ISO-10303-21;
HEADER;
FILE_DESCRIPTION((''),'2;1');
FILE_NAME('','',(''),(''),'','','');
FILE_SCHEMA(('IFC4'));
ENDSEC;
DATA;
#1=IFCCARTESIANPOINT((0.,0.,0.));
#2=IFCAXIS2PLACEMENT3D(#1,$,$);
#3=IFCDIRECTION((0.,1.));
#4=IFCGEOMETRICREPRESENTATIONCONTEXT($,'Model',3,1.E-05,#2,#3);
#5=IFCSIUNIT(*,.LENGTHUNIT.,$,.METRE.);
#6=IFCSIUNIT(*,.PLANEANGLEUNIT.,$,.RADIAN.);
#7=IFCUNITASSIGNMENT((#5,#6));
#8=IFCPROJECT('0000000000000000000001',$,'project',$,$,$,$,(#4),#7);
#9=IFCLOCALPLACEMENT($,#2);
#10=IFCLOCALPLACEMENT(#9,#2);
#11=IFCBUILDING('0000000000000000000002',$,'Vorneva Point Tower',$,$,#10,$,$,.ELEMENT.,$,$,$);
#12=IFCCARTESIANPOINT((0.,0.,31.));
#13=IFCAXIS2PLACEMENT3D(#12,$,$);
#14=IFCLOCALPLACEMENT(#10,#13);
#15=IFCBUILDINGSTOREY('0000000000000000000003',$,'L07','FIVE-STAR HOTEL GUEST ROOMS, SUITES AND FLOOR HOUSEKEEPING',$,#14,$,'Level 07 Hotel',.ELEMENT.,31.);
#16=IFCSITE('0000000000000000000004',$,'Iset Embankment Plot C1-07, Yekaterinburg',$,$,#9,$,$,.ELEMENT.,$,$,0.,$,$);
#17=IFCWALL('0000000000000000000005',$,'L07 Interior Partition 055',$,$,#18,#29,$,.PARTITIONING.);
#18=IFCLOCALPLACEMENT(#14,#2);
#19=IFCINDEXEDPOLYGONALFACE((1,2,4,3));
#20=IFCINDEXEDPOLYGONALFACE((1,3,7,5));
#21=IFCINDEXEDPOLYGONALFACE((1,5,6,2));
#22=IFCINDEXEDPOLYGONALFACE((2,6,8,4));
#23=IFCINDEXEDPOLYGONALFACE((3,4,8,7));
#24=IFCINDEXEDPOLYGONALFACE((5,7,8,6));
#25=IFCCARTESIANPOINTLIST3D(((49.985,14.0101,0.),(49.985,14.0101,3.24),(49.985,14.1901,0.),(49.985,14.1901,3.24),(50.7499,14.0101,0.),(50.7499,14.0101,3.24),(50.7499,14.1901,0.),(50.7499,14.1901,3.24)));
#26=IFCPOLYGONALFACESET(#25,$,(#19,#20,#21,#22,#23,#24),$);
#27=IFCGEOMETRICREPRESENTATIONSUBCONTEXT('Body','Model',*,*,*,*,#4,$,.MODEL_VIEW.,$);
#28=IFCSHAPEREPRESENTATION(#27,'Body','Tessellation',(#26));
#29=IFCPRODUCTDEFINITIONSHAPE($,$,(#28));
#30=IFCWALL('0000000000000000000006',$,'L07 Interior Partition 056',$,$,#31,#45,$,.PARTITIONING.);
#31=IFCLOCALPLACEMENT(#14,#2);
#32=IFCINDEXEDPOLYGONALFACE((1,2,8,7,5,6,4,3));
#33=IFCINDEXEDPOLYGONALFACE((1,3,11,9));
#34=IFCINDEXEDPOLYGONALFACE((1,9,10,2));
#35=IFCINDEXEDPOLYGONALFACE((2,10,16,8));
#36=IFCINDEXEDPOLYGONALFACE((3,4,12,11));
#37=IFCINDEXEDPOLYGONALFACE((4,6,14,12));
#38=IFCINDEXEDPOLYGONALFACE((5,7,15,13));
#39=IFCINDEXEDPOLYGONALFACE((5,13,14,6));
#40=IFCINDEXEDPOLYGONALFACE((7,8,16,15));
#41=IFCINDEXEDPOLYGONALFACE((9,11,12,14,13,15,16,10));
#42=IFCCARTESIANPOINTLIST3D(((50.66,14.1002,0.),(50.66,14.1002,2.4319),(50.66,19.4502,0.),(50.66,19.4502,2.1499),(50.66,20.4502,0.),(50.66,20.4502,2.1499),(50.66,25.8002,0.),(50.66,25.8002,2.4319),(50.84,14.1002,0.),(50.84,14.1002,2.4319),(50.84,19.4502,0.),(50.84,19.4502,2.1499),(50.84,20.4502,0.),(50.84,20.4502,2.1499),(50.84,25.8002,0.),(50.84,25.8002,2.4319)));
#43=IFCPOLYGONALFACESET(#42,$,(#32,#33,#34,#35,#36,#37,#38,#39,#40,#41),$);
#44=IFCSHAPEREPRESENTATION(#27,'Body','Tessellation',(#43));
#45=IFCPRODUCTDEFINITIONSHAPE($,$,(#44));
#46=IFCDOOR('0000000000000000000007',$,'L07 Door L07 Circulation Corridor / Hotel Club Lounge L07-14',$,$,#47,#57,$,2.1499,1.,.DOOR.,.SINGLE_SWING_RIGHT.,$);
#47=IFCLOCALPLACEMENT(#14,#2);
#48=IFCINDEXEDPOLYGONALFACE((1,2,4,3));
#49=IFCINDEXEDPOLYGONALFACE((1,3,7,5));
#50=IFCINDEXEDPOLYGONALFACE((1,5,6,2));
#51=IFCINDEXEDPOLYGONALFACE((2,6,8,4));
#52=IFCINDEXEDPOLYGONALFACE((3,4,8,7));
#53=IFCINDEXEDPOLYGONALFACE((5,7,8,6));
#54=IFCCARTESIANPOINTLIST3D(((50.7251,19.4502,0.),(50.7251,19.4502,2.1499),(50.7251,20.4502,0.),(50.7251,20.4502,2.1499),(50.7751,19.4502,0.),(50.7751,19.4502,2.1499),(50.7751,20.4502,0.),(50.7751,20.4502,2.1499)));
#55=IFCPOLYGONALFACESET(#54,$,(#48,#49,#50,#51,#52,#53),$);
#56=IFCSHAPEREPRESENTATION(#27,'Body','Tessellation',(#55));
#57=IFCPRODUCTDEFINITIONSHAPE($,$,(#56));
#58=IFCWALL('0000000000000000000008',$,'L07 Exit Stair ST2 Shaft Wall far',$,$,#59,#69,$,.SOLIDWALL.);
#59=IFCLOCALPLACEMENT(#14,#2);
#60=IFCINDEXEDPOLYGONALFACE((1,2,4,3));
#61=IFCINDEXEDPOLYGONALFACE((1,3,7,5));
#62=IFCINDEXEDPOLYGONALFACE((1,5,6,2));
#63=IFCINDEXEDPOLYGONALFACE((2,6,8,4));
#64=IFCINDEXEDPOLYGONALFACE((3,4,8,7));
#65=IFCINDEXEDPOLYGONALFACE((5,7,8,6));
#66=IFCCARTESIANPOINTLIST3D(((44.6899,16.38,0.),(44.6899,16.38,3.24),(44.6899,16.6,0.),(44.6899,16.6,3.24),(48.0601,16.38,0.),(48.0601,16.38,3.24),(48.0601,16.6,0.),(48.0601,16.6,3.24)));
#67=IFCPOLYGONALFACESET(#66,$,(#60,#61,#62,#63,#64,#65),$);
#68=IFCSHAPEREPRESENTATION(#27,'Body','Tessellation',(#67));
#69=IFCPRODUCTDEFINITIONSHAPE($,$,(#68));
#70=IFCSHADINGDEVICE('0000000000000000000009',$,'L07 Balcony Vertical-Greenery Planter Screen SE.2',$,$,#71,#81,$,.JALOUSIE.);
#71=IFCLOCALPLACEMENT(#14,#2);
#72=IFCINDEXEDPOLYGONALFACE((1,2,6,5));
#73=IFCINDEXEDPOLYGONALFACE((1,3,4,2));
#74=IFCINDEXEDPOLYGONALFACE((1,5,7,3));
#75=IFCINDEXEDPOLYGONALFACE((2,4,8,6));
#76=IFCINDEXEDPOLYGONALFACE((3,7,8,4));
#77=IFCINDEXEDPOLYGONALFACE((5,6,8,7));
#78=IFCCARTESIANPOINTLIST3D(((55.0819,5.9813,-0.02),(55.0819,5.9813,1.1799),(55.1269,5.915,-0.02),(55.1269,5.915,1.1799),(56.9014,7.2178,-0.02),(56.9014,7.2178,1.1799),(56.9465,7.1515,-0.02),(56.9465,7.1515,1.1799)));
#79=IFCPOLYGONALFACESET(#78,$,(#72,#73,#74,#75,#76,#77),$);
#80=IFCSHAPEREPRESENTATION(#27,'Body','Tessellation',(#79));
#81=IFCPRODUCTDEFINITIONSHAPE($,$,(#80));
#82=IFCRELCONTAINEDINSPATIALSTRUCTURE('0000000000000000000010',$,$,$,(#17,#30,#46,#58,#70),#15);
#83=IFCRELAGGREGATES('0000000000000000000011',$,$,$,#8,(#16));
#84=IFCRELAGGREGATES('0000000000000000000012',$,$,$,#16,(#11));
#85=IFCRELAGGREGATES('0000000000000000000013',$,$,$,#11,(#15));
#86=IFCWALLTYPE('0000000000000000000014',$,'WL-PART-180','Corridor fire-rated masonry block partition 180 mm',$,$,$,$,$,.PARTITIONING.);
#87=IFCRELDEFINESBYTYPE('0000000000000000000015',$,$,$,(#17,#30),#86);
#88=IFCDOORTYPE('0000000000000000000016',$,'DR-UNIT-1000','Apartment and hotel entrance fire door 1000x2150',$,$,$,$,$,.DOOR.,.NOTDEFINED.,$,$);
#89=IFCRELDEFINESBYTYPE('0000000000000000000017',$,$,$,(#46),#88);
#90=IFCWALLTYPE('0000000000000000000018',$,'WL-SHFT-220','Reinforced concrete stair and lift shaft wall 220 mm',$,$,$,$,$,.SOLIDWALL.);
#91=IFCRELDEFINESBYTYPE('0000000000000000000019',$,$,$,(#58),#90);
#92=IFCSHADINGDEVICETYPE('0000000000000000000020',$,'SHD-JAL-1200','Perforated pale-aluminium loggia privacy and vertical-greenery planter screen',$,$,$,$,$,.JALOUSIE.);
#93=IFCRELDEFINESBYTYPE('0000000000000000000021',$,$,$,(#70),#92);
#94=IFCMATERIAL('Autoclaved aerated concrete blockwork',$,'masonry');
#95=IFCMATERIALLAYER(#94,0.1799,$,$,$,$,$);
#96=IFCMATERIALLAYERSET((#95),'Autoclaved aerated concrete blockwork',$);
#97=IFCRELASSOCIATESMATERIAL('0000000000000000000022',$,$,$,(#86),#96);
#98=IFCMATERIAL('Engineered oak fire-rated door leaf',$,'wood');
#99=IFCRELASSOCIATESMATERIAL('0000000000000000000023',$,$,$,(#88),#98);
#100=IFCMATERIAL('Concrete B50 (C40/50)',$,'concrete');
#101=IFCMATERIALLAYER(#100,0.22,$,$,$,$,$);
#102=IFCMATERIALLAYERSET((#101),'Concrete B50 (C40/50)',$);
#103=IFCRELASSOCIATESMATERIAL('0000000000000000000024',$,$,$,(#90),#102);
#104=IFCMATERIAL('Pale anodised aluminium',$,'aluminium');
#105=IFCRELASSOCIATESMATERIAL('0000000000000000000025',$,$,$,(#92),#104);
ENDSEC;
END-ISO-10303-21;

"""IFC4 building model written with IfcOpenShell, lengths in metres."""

from ifc_helpers import new_model, si_unit, direction, frame, frame_2d, origin, origin_2d, place, context, subcontext, project, spatial, rectangle, extrude, material, layer, layer_set, type_object, element, fill, save


model = new_model("IFC4")

# Units and contexts
model_context = context("Model", 3, precision=1e-05, world=origin(), true_north=direction((0.0, 1.0)))
body_context = subcontext(model_context, "Body", "Model", "MODEL_VIEW")
ifc_project = project(units=[si_unit("LENGTHUNIT", "METRE"), si_unit("PLANEANGLEUNIT", "RADIAN")], contexts=[model_context])

# Site, building, storey
site_placement = place(None, origin())
site = spatial("IfcSite", under=ifc_project, at=site_placement, Name="Iset Embankment Plot C1-07, Yekaterinburg", CompositionType="ELEMENT", RefElevation=0.0)
building_placement = place(site_placement, origin())
building = spatial("IfcBuilding", under=site, at=building_placement, Name="Vorneva Point Tower", CompositionType="ELEMENT")
storey_placement = place(building_placement, frame((0.0, 0.0, 31.0)))
storey = spatial("IfcBuildingStorey", under=building, at=storey_placement, Name="L07", Description="FIVE-STAR HOTEL GUEST ROOMS, SUITES AND FLOOR HOUSEKEEPING", LongName="Level 07 Hotel", CompositionType="ELEMENT", Elevation=31.0)

# Shared definitions
ifc_material_1 = material(Name="Pale anodised aluminium", Category="aluminium")

# Wall
ifc_material_2 = material(Name="Autoclaved aerated concrete blockwork", Category="masonry")
ifc_layer_1 = layer(ifc_material_2, 0.1799)
ifc_layer_set_1 = layer_set([ifc_layer_1], Name="Autoclaved aerated concrete blockwork")
wall_type_1 = type_object("IfcWallType", Name="WL-PART-180", Description="Corridor fire-rated masonry block partition 180 mm", PredefinedType="PARTITIONING", material=ifc_layer_set_1)
wall_1_placement = place(storey_placement, frame((49.9851, 14.1001, 0.0), z_axis=(0.0, 0.0, 1.0), x_axis=(1.0, 0.0, 0.0)))
element("IfcWall", 1, at=wall_1_placement, inside=storey, type_object=wall_type_1, Name="L07 Interior Partition 055", PredefinedType="PARTITIONING", context=body_context, shape_type="SweptSolid", body=[
    extrude(rectangle(XDim=0.7649, YDim=0.1799, at=frame_2d((0.3823, 0.0))), origin(), (0.0, 0.0, 1.0), 3.24),
])

# Wall, opening, door
wall_2_placement = place(storey_placement, frame((50.75, 14.1001, 0.0), z_axis=(0.0, 0.0, 1.0), x_axis=(0.0, 1.0, 0.0)))
wall_2 = element("IfcWall", 2, at=wall_2_placement, inside=storey, type_object=wall_type_1, Name="L07 Interior Partition 056", PredefinedType="PARTITIONING", context=body_context, shape_type="SweptSolid", body=[
    extrude(rectangle(XDim=11.7, YDim=0.1799, at=frame_2d((5.8501, 0.0))), origin(), (0.0, 0.0, 1.0), 2.4319),
])
opening_1_placement = place(wall_2_placement, frame((5.3501, 0.0, 0.0)))
opening_1 = element("IfcOpeningElement", 3, at=opening_1_placement, cuts=wall_2, PredefinedType="OPENING", context=body_context, shape_type="SweptSolid", body=[
    extrude(rectangle(XDim=1.0, YDim=2.1499, at=frame_2d((0.5, 1.075))), frame((0.0, 0.105, 0.0), z_axis=(0.0, -1.0, 0.0), x_axis=(1.0, 0.0, 0.0)), (0.0, 0.0, 1.0), 0.2097),
])
ifc_material_3 = material(Name="Engineered oak fire-rated door leaf", Category="wood")
door_type_1 = type_object("IfcDoorType", Name="DR-UNIT-1000", Description="Apartment and hotel entrance fire door 1000x2150", OperationType="NOTDEFINED", PredefinedType="DOOR", material=ifc_material_3)
door_1_placement = place(opening_1_placement, origin())
door_1 = element("IfcDoor", 4, at=door_1_placement, inside=storey, type_object=door_type_1, Name="L07 Door L07 Circulation Corridor / Hotel Club Lounge L07-14", OperationType="SINGLE_SWING_RIGHT", OverallHeight=2.1499, OverallWidth=1.0, PredefinedType="DOOR", context=body_context, shape_type="SweptSolid", body=[
    extrude(rectangle(XDim=1.0, YDim=2.1499, at=frame_2d((0.5, 1.075))), frame((0.0, 0.0249, 0.0), z_axis=(0.0, -1.0, 0.0), x_axis=(1.0, 0.0, 0.0)), (0.0, 0.0, 1.0), 0.05),
])
fill(opening_1, door_1)

# Wall
ifc_material_4 = material(Name="Concrete B50 (C40/50)", Category="concrete")
ifc_layer_2 = layer(ifc_material_4, 0.22)
ifc_layer_set_2 = layer_set([ifc_layer_2], Name="Concrete B50 (C40/50)")
wall_type_2 = type_object("IfcWallType", Name="WL-SHFT-220", Description="Reinforced concrete stair and lift shaft wall 220 mm", PredefinedType="SOLIDWALL", material=ifc_layer_set_2)
wall_3_placement = place(storey_placement, frame((48.0601, 16.49, 0.0), z_axis=(0.0, 0.0, 1.0), x_axis=(-1.0, 0.0, 0.0)))
element("IfcWall", 5, at=wall_3_placement, inside=storey, type_object=wall_type_2, Name="L07 Exit Stair ST2 Shaft Wall far", PredefinedType="SOLIDWALL", context=body_context, shape_type="SweptSolid", body=[
    extrude(rectangle(XDim=3.3701, YDim=0.22, at=frame_2d((1.6851, 0.0))), origin(), (0.0, 0.0, 1.0), 3.24),
])

# Shading device
shading_device_type = type_object("IfcShadingDeviceType", Name="SHD-JAL-1200", Description="Perforated pale-aluminium loggia privacy and vertical-greenery planter screen", PredefinedType="JALOUSIE", material=ifc_material_1)
shading_device_placement = place(storey_placement, frame((56.0142, 6.5664, -0.02), z_axis=(0.0, 0.0, 1.0), x_axis=(0.8271, 0.562055, 0.0)))
element("IfcShadingDevice", 6, at=shading_device_placement, inside=storey, type_object=shading_device_type, Name="L07 Balcony Vertical-Greenery Planter Screen SE.2", PredefinedType="JALOUSIE", context=body_context, shape_type="SweptSolid", body=[
    extrude(rectangle(XDim=2.2, YDim=0.0801, at=origin_2d()), origin(), (0.0, 0.0, 1.0), 1.2),
])

save(model, "model.ifc")
